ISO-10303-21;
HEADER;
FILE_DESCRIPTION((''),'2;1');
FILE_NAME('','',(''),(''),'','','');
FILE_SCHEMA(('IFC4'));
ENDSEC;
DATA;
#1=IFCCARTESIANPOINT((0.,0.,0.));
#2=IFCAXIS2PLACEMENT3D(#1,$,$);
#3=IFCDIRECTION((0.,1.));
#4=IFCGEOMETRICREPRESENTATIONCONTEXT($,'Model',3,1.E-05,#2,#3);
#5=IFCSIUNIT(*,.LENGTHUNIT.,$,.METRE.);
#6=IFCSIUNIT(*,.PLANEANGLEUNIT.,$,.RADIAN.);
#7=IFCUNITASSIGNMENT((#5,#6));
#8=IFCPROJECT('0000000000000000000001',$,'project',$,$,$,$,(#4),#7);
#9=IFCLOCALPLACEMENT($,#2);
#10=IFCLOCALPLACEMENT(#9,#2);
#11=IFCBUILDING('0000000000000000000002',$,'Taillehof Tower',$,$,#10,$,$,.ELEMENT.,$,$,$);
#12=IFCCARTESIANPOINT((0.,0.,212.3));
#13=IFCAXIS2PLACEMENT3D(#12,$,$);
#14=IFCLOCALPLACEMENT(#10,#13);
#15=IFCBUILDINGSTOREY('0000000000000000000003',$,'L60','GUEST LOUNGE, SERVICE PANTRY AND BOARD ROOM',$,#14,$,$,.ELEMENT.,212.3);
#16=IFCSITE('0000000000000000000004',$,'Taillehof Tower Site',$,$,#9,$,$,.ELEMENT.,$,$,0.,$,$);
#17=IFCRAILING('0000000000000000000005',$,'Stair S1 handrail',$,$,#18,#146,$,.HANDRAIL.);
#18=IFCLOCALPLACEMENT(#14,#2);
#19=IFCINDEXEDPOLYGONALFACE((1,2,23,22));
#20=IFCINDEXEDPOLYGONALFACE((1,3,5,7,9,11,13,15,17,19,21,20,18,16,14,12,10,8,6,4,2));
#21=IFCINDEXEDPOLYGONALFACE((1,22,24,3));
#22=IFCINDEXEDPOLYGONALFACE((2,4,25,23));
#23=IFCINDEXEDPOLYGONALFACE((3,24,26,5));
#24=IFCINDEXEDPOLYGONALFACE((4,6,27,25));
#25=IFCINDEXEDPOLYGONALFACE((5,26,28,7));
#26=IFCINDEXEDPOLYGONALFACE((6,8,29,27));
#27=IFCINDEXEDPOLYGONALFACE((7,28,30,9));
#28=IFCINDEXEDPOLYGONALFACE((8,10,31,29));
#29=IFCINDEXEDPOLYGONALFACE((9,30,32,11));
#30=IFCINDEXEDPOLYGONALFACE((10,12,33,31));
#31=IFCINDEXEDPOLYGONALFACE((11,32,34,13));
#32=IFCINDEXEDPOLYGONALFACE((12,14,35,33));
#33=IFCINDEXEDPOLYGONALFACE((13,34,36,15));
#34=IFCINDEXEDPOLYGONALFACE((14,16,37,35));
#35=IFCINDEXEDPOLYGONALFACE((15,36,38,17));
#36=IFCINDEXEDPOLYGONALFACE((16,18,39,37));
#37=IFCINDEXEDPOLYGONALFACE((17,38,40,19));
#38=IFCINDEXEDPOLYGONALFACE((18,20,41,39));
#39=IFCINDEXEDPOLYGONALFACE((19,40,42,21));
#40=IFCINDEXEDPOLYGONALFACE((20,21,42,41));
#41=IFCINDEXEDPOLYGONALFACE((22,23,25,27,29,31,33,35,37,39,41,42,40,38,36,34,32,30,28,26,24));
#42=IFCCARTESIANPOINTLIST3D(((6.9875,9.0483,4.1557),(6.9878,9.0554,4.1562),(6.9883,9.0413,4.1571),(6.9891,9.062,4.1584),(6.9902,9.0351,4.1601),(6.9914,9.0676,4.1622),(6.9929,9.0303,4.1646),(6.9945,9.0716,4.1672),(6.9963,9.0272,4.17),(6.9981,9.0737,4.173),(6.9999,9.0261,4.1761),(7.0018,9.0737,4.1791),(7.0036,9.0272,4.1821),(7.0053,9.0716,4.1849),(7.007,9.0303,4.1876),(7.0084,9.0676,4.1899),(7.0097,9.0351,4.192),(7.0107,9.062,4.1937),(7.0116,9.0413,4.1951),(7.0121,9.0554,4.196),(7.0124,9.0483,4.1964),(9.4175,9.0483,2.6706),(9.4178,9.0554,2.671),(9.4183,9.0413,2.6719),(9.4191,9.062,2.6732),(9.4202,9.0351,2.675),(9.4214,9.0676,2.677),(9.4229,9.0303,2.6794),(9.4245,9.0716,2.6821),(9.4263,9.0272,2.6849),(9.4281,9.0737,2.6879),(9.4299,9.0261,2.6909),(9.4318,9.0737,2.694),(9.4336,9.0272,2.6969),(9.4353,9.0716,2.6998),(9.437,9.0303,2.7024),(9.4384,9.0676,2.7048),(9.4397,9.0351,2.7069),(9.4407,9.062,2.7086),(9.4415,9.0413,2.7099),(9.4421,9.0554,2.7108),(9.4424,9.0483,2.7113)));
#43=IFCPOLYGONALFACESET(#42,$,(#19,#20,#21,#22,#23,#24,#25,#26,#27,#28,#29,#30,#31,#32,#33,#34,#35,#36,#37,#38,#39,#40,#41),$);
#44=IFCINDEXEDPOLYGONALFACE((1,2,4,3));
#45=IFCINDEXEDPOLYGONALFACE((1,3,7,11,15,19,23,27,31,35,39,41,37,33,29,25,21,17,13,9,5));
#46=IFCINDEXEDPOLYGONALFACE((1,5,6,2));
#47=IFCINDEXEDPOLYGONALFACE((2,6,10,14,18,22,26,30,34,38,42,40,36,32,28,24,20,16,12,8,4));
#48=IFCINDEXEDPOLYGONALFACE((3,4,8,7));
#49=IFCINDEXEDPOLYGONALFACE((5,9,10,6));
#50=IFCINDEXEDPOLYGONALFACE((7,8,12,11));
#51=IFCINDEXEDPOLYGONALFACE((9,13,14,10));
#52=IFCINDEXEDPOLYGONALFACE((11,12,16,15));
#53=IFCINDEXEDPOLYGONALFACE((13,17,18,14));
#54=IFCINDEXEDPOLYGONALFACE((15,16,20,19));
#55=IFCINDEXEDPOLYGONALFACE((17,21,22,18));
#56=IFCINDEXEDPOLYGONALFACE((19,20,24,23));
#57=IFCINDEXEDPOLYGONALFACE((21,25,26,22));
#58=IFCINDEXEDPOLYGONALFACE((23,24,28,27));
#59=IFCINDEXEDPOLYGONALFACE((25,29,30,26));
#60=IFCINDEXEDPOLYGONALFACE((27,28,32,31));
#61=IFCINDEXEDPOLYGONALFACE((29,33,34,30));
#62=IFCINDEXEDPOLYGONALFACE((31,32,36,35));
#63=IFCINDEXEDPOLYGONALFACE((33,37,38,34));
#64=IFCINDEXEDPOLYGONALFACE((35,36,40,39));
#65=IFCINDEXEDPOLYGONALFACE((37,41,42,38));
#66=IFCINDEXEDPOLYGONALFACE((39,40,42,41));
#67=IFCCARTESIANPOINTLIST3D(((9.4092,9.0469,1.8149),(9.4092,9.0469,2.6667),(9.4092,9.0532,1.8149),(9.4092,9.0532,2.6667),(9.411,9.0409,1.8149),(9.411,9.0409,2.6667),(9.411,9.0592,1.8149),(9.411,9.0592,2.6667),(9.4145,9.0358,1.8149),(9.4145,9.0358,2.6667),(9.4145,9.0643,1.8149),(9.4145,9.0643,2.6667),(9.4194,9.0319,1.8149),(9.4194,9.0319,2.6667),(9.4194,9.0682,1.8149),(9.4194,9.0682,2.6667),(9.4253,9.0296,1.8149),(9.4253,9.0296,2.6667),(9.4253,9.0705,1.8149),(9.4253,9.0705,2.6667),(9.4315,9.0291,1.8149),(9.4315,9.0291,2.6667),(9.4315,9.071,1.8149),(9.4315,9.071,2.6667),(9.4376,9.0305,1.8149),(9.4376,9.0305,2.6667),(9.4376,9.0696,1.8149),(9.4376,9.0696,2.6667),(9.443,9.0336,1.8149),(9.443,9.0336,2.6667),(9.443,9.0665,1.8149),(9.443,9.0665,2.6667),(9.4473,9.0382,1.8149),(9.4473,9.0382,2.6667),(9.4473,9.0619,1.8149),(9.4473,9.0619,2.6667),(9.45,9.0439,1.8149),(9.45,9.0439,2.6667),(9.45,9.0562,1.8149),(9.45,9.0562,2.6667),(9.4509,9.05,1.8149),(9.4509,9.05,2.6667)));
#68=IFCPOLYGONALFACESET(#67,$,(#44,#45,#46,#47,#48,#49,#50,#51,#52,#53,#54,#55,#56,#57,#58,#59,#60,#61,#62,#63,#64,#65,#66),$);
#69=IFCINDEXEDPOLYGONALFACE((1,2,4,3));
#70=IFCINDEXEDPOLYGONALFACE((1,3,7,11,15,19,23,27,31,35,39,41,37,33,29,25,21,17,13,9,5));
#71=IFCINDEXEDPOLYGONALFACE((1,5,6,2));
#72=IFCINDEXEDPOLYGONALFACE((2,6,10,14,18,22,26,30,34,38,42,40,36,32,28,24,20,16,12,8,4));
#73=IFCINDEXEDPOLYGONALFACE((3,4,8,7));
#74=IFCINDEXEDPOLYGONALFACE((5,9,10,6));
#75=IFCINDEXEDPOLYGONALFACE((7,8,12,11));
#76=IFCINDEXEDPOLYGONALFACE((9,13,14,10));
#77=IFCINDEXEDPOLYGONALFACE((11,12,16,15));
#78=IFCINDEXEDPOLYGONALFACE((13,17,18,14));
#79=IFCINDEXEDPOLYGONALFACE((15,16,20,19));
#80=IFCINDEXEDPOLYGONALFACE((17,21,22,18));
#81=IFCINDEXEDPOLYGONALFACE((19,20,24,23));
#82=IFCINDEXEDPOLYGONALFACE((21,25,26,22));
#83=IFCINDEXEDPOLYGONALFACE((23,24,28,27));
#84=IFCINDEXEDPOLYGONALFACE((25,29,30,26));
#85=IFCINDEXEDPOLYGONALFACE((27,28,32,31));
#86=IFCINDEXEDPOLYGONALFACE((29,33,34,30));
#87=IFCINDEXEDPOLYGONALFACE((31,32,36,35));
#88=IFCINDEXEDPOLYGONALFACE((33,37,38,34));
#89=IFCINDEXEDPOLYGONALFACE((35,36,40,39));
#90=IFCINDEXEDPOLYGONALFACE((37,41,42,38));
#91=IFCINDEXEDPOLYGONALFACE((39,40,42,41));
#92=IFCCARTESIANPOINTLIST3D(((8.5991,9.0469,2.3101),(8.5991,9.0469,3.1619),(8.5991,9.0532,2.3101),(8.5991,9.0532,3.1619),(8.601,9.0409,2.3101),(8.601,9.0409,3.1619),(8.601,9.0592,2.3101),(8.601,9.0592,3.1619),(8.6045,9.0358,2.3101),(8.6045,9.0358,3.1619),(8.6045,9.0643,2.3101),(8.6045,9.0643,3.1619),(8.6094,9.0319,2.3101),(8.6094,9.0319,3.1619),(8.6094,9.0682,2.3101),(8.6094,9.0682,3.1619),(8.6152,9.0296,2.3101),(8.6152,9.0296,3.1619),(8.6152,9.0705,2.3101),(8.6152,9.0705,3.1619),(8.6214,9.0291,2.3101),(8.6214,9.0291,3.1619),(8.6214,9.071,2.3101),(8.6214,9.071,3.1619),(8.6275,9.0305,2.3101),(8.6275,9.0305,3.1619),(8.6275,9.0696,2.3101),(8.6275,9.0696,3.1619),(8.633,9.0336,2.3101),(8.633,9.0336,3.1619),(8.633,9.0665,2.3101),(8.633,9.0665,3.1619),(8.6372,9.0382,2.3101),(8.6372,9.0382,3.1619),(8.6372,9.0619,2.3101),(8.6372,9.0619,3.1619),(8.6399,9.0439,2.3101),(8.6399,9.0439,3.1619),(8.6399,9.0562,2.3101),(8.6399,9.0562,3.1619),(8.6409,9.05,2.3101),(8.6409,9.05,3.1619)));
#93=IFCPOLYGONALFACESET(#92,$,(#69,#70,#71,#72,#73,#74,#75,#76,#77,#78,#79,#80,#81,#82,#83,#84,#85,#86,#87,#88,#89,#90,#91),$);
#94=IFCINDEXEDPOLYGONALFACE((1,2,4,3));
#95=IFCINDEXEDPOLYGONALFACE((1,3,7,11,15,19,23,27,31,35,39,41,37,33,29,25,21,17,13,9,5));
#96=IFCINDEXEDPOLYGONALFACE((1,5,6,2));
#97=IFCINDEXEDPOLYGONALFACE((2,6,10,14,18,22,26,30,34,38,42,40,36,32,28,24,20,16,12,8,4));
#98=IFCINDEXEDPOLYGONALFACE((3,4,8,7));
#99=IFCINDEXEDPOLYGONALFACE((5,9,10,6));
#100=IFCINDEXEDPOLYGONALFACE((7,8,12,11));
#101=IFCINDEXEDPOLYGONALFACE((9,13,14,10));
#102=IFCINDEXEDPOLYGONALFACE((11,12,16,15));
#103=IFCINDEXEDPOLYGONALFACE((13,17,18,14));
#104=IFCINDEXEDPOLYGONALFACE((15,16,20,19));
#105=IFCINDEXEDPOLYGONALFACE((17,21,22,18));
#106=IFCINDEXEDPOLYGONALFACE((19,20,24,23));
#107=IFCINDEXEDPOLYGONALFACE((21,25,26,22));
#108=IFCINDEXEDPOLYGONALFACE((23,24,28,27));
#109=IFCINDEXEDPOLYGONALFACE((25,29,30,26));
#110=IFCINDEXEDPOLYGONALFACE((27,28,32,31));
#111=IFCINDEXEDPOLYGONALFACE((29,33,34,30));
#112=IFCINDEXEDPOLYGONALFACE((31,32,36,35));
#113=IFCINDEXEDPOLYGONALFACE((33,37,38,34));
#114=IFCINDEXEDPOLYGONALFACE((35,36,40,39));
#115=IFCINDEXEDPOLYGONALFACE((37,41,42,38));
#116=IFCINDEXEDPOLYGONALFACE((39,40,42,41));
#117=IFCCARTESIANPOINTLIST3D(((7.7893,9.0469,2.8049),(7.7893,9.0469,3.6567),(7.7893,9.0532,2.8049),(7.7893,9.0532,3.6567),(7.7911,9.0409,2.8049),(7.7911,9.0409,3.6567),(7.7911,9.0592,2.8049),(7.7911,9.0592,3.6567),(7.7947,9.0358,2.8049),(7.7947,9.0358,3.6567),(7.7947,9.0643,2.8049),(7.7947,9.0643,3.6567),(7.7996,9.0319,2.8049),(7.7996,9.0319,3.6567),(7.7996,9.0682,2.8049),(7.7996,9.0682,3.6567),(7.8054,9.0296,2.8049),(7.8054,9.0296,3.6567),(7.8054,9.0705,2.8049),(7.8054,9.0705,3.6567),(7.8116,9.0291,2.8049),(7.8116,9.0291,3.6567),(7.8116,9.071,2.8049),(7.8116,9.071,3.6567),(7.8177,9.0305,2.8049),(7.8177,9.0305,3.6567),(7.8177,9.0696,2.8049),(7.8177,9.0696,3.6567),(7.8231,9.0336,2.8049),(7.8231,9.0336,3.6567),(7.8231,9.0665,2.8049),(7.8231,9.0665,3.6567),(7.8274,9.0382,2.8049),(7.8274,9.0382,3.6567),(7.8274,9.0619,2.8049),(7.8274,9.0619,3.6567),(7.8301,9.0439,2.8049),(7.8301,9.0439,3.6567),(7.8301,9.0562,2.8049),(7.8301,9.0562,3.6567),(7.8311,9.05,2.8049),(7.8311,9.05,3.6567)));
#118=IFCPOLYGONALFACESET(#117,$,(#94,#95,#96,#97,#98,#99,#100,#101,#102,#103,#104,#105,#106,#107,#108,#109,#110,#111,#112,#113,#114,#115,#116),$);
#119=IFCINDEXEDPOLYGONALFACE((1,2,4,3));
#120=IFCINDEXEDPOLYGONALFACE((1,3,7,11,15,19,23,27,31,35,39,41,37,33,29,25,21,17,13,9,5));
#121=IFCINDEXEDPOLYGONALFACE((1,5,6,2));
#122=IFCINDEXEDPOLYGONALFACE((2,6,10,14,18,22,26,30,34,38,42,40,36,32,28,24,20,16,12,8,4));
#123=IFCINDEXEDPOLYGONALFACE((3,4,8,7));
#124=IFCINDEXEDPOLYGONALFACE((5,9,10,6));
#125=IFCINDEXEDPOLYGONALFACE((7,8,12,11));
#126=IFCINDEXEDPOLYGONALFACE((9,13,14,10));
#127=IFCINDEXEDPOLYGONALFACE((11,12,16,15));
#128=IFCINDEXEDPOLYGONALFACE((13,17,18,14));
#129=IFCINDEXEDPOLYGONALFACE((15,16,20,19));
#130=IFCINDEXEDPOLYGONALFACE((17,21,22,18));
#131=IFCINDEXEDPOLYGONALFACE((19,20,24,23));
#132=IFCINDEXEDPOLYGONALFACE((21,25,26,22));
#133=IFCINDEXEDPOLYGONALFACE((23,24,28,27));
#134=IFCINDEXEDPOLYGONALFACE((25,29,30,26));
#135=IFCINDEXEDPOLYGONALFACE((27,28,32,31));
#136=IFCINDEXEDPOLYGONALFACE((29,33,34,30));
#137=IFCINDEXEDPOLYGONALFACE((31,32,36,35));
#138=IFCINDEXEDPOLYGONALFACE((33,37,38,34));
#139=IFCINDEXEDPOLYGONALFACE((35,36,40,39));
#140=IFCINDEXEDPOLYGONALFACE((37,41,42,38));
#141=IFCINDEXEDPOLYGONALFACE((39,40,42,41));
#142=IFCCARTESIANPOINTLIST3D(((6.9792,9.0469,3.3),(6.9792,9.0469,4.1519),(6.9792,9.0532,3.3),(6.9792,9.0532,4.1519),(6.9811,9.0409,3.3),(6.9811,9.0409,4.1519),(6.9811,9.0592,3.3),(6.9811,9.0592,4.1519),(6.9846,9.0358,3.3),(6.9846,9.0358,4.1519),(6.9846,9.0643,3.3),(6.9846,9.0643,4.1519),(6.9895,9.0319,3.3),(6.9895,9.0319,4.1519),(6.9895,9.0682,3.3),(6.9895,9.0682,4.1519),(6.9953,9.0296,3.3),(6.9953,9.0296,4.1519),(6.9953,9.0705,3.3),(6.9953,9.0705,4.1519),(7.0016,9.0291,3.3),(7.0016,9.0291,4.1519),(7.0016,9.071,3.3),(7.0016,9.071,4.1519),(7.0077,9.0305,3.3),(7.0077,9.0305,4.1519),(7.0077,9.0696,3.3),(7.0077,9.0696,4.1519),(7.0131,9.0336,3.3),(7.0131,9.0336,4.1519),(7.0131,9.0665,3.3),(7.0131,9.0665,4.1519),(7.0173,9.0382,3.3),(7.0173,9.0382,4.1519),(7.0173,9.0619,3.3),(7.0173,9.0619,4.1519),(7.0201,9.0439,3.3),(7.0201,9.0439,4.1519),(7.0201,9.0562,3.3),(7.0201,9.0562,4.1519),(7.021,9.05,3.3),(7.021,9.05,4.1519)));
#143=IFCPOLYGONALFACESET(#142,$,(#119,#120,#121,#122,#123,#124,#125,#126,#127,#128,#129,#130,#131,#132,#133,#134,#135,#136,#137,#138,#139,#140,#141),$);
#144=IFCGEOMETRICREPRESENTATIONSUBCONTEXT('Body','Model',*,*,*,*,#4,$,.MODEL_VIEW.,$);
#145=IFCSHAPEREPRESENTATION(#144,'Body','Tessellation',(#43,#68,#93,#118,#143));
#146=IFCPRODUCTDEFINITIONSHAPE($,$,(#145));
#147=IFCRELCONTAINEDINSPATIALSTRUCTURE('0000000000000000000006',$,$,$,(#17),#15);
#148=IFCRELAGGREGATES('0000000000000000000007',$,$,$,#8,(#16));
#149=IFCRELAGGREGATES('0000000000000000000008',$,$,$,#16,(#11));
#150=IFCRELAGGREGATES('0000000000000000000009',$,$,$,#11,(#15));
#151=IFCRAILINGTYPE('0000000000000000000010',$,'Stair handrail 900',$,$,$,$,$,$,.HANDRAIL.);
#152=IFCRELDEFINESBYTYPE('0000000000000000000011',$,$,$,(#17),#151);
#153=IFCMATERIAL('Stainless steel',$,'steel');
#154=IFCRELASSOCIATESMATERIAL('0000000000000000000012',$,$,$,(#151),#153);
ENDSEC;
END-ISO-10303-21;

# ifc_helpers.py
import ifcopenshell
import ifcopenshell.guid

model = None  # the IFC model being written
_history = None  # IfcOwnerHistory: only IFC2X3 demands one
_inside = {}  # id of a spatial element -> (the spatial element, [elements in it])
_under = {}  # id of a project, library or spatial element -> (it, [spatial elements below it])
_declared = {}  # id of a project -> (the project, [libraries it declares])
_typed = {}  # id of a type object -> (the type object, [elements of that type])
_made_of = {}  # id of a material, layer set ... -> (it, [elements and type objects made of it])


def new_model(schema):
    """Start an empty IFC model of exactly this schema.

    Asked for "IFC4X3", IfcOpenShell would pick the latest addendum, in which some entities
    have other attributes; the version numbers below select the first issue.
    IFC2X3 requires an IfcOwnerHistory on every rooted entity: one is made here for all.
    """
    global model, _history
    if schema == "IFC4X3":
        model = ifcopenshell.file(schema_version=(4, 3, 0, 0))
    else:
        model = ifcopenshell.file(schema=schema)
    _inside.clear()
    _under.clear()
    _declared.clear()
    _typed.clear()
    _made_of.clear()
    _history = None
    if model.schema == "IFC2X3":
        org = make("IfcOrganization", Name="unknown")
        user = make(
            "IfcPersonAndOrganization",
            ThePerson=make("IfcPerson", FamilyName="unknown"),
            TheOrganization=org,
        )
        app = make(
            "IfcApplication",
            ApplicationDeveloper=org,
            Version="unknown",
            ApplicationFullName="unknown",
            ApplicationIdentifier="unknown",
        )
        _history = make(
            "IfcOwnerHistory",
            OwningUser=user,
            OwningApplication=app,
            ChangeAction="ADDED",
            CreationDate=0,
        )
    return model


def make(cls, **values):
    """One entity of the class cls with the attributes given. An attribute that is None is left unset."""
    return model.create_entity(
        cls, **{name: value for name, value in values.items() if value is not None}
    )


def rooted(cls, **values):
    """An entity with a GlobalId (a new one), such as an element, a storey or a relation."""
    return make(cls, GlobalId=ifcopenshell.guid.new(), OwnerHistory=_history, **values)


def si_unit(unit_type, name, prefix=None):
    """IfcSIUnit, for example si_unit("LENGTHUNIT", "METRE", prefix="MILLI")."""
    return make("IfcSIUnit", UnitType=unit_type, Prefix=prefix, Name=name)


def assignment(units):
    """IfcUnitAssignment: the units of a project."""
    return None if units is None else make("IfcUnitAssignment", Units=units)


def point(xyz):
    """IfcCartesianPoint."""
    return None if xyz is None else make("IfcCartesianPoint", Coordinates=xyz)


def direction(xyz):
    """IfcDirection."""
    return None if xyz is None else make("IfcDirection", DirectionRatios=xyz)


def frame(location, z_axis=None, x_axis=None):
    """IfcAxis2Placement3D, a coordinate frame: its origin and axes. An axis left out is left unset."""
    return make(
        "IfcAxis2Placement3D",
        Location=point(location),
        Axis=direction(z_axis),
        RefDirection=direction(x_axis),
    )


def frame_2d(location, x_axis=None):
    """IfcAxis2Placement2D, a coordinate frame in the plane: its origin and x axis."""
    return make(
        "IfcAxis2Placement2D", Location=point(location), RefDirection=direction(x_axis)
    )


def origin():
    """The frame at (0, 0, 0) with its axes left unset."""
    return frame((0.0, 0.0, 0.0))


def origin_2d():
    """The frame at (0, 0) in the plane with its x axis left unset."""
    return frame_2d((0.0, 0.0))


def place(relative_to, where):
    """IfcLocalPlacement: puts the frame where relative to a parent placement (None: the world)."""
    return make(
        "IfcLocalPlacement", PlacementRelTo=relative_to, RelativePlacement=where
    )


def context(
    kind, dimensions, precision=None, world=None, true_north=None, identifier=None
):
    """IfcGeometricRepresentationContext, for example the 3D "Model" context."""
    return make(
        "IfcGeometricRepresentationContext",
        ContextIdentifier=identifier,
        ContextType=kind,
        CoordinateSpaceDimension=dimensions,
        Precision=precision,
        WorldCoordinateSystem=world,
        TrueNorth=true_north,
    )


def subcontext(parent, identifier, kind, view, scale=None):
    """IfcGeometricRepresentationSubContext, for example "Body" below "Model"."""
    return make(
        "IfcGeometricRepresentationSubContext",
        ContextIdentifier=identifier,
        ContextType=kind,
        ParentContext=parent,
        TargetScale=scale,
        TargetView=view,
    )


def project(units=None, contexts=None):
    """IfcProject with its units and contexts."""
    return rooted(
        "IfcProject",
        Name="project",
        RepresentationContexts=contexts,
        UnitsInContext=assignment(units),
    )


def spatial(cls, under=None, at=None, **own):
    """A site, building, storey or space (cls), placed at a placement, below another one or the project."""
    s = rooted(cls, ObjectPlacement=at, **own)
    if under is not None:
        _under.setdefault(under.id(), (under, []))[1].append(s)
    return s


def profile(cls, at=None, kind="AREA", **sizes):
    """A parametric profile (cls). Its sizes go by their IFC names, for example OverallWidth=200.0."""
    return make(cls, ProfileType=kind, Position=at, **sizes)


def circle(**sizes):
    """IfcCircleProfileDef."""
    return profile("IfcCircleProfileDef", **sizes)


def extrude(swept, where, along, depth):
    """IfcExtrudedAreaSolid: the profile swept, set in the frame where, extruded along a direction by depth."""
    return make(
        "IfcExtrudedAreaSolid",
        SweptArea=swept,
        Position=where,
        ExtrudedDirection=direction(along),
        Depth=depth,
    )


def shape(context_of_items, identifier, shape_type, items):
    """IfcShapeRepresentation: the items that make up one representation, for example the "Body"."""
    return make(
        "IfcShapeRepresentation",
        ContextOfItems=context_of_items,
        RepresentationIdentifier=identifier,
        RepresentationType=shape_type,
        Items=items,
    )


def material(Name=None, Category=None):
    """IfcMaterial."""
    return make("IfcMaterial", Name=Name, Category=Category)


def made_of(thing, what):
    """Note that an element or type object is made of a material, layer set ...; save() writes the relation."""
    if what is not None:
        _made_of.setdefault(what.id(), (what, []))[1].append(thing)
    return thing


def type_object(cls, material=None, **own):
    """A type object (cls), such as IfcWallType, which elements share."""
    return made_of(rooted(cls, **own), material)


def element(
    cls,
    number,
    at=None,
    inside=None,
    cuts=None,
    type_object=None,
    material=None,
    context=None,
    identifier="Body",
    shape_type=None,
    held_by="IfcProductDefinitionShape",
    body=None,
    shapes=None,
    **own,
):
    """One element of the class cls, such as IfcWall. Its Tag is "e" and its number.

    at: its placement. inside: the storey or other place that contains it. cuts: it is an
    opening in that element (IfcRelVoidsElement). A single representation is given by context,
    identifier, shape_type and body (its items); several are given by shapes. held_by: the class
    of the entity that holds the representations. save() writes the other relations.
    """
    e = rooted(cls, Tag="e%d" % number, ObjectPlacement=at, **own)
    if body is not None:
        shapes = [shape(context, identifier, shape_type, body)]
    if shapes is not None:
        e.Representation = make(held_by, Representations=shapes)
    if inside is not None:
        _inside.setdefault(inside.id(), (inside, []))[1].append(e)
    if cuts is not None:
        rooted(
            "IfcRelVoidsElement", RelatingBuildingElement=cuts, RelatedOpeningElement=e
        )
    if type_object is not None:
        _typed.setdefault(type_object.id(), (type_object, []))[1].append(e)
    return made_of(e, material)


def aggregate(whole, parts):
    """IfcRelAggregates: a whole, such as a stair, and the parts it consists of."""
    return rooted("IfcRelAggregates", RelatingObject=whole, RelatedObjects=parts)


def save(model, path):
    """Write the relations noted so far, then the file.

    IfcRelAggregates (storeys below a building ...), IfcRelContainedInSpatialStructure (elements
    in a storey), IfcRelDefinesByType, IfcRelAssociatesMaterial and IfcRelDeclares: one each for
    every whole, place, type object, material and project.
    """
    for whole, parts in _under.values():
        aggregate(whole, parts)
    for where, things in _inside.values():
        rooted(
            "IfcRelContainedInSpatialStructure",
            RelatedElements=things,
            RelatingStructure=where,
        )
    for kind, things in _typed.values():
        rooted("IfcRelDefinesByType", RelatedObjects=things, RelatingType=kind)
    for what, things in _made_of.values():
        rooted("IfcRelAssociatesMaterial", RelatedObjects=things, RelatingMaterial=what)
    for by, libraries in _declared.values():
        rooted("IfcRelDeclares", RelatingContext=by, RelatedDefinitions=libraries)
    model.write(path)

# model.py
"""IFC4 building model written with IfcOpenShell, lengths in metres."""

from ifc_helpers import new_model, si_unit, direction, frame, origin, origin_2d, place, context, subcontext, project, spatial, circle, extrude, material, type_object, element, save


model = new_model("IFC4")

# Units and contexts
model_context = context("Model", 3, precision=1e-05, world=origin(), true_north=direction((0.0, 1.0)))
body_context = subcontext(model_context, "Body", "Model", "MODEL_VIEW")
ifc_project = project(units=[si_unit("LENGTHUNIT", "METRE"), si_unit("PLANEANGLEUNIT", "RADIAN")], contexts=[model_context])

# Site, building, storey
site_placement = place(None, origin())
site = spatial("IfcSite", under=ifc_project, at=site_placement, Name="Taillehof Tower Site", CompositionType="ELEMENT", RefElevation=0.0)
building_placement = place(site_placement, origin())
building = spatial("IfcBuilding", under=site, at=building_placement, Name="Taillehof Tower", CompositionType="ELEMENT")
storey_placement = place(building_placement, frame((0.0, 0.0, 212.3)))
storey = spatial("IfcBuildingStorey", under=building, at=storey_placement, Name="L60", Description="GUEST LOUNGE, SERVICE PANTRY AND BOARD ROOM", CompositionType="ELEMENT", Elevation=212.3)

# Railing
ifc_material_1 = material(Name="Stainless steel", Category="steel")
railing_type = type_object("IfcRailingType", Name="Stair handrail 900", PredefinedType="HANDRAIL", material=ifc_material_1)
railing_placement = place(storey_placement, frame((9.4299, 9.05, 1.8149)))
element("IfcRailing", 1, at=railing_placement, inside=storey, type_object=railing_type, Name="Stair S1 handrail", PredefinedType="HANDRAIL", context=body_context, shape_type="SweptSolid", body=[
    extrude(circle(Radius=0.0239, at=origin_2d()), frame((0.0, 0.0, 0.876), z_axis=(-0.853259, 0.0, 0.521488), x_axis=(0.0, -1.0, 0.0)), (0.0, 0.0, 1.0), 2.8479),
    extrude(circle(Radius=0.021, at=origin_2d()), origin(), (0.0, 0.0, 1.0), 0.8518),
    extrude(circle(Radius=0.021, at=origin_2d()), frame((-0.8101, 0.0, 0.4951)), (0.0, 0.0, 1.0), 0.8518),
    extrude(circle(Radius=0.021, at=origin_2d()), frame((-1.6199, 0.0, 0.99)), (0.0, 0.0, 1.0), 0.8518),
    extrude(circle(Radius=0.021, at=origin_2d()), frame((-2.4299, 0.0, 1.4851)), (0.0, 0.0, 1.0), 0.8518),
])

save(model, "model.ifc")
